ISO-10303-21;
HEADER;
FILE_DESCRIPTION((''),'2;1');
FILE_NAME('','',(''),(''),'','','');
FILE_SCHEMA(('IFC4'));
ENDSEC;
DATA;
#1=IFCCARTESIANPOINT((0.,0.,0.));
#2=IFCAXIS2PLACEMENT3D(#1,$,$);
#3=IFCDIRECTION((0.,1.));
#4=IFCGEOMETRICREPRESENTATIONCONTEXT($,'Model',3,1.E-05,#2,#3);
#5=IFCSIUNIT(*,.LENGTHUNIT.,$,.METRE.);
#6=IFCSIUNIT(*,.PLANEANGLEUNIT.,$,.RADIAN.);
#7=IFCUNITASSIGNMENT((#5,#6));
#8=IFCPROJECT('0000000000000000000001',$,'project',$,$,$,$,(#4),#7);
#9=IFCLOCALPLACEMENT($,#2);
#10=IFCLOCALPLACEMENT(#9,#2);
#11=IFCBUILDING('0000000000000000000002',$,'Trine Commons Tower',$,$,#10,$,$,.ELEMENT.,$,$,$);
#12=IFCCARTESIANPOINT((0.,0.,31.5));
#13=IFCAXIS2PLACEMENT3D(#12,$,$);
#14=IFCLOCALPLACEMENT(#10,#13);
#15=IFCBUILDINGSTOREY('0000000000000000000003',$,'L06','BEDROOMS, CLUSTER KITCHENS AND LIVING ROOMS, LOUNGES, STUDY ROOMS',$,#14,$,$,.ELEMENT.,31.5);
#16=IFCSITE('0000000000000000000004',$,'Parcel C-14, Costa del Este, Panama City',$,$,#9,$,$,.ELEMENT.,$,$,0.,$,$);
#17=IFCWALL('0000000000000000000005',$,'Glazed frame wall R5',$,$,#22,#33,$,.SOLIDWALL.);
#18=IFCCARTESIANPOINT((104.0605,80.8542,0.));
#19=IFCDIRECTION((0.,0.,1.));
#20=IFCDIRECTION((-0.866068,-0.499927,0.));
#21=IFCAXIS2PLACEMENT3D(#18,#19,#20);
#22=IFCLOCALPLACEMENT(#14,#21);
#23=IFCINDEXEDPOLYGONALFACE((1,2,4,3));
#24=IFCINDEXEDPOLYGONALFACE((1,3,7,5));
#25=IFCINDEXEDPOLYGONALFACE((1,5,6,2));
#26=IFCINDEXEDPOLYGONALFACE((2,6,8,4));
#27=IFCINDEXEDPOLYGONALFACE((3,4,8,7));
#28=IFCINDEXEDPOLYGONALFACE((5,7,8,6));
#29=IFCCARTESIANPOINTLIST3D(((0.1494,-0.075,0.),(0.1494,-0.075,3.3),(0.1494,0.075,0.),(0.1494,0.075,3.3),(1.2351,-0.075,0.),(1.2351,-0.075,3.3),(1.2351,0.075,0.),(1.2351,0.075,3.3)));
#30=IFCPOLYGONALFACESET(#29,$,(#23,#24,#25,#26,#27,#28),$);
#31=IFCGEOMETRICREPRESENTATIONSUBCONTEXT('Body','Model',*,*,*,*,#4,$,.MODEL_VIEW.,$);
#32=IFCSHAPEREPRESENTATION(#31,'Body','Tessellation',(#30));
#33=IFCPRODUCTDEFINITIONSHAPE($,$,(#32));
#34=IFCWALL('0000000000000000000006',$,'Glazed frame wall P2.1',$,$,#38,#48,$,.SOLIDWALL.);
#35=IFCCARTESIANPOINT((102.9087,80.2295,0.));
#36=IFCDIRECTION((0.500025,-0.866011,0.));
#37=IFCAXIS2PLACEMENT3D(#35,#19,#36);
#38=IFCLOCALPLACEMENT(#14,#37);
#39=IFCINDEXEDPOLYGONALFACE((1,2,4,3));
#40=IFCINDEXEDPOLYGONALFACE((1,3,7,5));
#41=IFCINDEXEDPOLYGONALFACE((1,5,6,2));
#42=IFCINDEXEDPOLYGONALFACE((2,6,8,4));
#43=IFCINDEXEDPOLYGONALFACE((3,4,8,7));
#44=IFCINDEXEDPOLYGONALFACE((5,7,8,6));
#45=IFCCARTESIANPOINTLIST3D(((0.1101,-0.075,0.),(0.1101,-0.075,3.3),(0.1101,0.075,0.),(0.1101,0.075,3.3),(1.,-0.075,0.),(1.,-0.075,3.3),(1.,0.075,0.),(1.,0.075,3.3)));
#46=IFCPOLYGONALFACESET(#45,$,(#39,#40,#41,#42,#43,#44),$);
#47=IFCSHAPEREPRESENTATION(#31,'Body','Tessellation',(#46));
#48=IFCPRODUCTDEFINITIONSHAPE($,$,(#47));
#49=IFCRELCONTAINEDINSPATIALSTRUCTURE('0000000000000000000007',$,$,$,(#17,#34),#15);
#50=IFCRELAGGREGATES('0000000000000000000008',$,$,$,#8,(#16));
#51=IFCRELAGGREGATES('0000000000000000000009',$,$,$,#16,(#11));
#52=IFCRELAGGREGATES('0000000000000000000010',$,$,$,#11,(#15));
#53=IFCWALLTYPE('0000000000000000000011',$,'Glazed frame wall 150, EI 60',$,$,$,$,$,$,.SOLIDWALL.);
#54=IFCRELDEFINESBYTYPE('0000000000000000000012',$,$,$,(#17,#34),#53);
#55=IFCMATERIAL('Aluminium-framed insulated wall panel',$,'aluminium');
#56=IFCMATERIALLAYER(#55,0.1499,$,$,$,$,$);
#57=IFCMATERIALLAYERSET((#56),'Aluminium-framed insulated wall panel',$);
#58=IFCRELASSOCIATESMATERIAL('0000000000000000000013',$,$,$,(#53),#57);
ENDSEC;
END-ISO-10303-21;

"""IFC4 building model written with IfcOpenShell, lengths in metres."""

from ifc_helpers import new_model, si_unit, direction, frame, origin, place, context, subcontext, project, spatial, polyline, outline, extrude, material, layer, layer_set, type_object, element, save


model = new_model("IFC4")

# Units and contexts
model_context = context("Model", 3, precision=1e-05, world=origin(), true_north=direction((0.0, 1.0)))
body_context = subcontext(model_context, "Body", "Model", "MODEL_VIEW")
ifc_project = project(units=[si_unit("LENGTHUNIT", "METRE"), si_unit("PLANEANGLEUNIT", "RADIAN")], contexts=[model_context])

# Site, building, storey
site_placement = place(None, origin())
site = spatial("IfcSite", under=ifc_project, at=site_placement, Name="Parcel C-14, Costa del Este, Panama City", CompositionType="ELEMENT", RefElevation=0.0)
building_placement = place(site_placement, origin())
building = spatial("IfcBuilding", under=site, at=building_placement, Name="Trine Commons Tower", CompositionType="ELEMENT")
storey_placement = place(building_placement, frame((0.0, 0.0, 31.5)))
storey = spatial("IfcBuildingStorey", under=building, at=storey_placement, Name="L06", Description="BEDROOMS, CLUSTER KITCHENS AND LIVING ROOMS, LOUNGES, STUDY ROOMS", CompositionType="ELEMENT", Elevation=31.5)

# Walls
ifc_material_1 = material(Name="Aluminium-framed insulated wall panel", Category="aluminium")
ifc_layer_1 = layer(ifc_material_1, 0.1499)
ifc_layer_set_1 = layer_set([ifc_layer_1], Name="Aluminium-framed insulated wall panel")
wall_type_1 = type_object("IfcWallType", Name="Glazed frame wall 150, EI 60", PredefinedType="SOLIDWALL", material=ifc_layer_set_1)
wall_1_placement = place(storey_placement, frame((104.0605, 80.8542, 0.0), z_axis=(0.0, 0.0, 1.0), x_axis=(-0.866068, -0.499927, 0.0)))
element("IfcWall", 1, at=wall_1_placement, inside=storey, type_object=wall_type_1, Name="Glazed frame wall R5", PredefinedType="SOLIDWALL", context=body_context, shape_type="SweptSolid", body=[
    extrude(outline(polyline([(0.1494, 0.075), (0.1494, -0.075), (1.2351, -0.075), (1.2351, 0.075), (0.1494, 0.075)])), origin(), (0.0, 0.0, 1.0), 3.3),
])
wall_2_placement = place(storey_placement, frame((102.9087, 80.2295, 0.0), z_axis=(0.0, 0.0, 1.0), x_axis=(0.500025, -0.866011, 0.0)))
element("IfcWall", 2, at=wall_2_placement, inside=storey, type_object=wall_type_1, Name="Glazed frame wall P2.1", PredefinedType="SOLIDWALL", context=body_context, shape_type="SweptSolid", body=[
    extrude(outline(polyline([(0.1101, -0.075), (1.0, -0.075), (1.0, 0.075), (0.1101, 0.075), (0.1101, -0.075)])), origin(), (0.0, 0.0, 1.0), 3.3),
])

save(model, "model.ifc")
